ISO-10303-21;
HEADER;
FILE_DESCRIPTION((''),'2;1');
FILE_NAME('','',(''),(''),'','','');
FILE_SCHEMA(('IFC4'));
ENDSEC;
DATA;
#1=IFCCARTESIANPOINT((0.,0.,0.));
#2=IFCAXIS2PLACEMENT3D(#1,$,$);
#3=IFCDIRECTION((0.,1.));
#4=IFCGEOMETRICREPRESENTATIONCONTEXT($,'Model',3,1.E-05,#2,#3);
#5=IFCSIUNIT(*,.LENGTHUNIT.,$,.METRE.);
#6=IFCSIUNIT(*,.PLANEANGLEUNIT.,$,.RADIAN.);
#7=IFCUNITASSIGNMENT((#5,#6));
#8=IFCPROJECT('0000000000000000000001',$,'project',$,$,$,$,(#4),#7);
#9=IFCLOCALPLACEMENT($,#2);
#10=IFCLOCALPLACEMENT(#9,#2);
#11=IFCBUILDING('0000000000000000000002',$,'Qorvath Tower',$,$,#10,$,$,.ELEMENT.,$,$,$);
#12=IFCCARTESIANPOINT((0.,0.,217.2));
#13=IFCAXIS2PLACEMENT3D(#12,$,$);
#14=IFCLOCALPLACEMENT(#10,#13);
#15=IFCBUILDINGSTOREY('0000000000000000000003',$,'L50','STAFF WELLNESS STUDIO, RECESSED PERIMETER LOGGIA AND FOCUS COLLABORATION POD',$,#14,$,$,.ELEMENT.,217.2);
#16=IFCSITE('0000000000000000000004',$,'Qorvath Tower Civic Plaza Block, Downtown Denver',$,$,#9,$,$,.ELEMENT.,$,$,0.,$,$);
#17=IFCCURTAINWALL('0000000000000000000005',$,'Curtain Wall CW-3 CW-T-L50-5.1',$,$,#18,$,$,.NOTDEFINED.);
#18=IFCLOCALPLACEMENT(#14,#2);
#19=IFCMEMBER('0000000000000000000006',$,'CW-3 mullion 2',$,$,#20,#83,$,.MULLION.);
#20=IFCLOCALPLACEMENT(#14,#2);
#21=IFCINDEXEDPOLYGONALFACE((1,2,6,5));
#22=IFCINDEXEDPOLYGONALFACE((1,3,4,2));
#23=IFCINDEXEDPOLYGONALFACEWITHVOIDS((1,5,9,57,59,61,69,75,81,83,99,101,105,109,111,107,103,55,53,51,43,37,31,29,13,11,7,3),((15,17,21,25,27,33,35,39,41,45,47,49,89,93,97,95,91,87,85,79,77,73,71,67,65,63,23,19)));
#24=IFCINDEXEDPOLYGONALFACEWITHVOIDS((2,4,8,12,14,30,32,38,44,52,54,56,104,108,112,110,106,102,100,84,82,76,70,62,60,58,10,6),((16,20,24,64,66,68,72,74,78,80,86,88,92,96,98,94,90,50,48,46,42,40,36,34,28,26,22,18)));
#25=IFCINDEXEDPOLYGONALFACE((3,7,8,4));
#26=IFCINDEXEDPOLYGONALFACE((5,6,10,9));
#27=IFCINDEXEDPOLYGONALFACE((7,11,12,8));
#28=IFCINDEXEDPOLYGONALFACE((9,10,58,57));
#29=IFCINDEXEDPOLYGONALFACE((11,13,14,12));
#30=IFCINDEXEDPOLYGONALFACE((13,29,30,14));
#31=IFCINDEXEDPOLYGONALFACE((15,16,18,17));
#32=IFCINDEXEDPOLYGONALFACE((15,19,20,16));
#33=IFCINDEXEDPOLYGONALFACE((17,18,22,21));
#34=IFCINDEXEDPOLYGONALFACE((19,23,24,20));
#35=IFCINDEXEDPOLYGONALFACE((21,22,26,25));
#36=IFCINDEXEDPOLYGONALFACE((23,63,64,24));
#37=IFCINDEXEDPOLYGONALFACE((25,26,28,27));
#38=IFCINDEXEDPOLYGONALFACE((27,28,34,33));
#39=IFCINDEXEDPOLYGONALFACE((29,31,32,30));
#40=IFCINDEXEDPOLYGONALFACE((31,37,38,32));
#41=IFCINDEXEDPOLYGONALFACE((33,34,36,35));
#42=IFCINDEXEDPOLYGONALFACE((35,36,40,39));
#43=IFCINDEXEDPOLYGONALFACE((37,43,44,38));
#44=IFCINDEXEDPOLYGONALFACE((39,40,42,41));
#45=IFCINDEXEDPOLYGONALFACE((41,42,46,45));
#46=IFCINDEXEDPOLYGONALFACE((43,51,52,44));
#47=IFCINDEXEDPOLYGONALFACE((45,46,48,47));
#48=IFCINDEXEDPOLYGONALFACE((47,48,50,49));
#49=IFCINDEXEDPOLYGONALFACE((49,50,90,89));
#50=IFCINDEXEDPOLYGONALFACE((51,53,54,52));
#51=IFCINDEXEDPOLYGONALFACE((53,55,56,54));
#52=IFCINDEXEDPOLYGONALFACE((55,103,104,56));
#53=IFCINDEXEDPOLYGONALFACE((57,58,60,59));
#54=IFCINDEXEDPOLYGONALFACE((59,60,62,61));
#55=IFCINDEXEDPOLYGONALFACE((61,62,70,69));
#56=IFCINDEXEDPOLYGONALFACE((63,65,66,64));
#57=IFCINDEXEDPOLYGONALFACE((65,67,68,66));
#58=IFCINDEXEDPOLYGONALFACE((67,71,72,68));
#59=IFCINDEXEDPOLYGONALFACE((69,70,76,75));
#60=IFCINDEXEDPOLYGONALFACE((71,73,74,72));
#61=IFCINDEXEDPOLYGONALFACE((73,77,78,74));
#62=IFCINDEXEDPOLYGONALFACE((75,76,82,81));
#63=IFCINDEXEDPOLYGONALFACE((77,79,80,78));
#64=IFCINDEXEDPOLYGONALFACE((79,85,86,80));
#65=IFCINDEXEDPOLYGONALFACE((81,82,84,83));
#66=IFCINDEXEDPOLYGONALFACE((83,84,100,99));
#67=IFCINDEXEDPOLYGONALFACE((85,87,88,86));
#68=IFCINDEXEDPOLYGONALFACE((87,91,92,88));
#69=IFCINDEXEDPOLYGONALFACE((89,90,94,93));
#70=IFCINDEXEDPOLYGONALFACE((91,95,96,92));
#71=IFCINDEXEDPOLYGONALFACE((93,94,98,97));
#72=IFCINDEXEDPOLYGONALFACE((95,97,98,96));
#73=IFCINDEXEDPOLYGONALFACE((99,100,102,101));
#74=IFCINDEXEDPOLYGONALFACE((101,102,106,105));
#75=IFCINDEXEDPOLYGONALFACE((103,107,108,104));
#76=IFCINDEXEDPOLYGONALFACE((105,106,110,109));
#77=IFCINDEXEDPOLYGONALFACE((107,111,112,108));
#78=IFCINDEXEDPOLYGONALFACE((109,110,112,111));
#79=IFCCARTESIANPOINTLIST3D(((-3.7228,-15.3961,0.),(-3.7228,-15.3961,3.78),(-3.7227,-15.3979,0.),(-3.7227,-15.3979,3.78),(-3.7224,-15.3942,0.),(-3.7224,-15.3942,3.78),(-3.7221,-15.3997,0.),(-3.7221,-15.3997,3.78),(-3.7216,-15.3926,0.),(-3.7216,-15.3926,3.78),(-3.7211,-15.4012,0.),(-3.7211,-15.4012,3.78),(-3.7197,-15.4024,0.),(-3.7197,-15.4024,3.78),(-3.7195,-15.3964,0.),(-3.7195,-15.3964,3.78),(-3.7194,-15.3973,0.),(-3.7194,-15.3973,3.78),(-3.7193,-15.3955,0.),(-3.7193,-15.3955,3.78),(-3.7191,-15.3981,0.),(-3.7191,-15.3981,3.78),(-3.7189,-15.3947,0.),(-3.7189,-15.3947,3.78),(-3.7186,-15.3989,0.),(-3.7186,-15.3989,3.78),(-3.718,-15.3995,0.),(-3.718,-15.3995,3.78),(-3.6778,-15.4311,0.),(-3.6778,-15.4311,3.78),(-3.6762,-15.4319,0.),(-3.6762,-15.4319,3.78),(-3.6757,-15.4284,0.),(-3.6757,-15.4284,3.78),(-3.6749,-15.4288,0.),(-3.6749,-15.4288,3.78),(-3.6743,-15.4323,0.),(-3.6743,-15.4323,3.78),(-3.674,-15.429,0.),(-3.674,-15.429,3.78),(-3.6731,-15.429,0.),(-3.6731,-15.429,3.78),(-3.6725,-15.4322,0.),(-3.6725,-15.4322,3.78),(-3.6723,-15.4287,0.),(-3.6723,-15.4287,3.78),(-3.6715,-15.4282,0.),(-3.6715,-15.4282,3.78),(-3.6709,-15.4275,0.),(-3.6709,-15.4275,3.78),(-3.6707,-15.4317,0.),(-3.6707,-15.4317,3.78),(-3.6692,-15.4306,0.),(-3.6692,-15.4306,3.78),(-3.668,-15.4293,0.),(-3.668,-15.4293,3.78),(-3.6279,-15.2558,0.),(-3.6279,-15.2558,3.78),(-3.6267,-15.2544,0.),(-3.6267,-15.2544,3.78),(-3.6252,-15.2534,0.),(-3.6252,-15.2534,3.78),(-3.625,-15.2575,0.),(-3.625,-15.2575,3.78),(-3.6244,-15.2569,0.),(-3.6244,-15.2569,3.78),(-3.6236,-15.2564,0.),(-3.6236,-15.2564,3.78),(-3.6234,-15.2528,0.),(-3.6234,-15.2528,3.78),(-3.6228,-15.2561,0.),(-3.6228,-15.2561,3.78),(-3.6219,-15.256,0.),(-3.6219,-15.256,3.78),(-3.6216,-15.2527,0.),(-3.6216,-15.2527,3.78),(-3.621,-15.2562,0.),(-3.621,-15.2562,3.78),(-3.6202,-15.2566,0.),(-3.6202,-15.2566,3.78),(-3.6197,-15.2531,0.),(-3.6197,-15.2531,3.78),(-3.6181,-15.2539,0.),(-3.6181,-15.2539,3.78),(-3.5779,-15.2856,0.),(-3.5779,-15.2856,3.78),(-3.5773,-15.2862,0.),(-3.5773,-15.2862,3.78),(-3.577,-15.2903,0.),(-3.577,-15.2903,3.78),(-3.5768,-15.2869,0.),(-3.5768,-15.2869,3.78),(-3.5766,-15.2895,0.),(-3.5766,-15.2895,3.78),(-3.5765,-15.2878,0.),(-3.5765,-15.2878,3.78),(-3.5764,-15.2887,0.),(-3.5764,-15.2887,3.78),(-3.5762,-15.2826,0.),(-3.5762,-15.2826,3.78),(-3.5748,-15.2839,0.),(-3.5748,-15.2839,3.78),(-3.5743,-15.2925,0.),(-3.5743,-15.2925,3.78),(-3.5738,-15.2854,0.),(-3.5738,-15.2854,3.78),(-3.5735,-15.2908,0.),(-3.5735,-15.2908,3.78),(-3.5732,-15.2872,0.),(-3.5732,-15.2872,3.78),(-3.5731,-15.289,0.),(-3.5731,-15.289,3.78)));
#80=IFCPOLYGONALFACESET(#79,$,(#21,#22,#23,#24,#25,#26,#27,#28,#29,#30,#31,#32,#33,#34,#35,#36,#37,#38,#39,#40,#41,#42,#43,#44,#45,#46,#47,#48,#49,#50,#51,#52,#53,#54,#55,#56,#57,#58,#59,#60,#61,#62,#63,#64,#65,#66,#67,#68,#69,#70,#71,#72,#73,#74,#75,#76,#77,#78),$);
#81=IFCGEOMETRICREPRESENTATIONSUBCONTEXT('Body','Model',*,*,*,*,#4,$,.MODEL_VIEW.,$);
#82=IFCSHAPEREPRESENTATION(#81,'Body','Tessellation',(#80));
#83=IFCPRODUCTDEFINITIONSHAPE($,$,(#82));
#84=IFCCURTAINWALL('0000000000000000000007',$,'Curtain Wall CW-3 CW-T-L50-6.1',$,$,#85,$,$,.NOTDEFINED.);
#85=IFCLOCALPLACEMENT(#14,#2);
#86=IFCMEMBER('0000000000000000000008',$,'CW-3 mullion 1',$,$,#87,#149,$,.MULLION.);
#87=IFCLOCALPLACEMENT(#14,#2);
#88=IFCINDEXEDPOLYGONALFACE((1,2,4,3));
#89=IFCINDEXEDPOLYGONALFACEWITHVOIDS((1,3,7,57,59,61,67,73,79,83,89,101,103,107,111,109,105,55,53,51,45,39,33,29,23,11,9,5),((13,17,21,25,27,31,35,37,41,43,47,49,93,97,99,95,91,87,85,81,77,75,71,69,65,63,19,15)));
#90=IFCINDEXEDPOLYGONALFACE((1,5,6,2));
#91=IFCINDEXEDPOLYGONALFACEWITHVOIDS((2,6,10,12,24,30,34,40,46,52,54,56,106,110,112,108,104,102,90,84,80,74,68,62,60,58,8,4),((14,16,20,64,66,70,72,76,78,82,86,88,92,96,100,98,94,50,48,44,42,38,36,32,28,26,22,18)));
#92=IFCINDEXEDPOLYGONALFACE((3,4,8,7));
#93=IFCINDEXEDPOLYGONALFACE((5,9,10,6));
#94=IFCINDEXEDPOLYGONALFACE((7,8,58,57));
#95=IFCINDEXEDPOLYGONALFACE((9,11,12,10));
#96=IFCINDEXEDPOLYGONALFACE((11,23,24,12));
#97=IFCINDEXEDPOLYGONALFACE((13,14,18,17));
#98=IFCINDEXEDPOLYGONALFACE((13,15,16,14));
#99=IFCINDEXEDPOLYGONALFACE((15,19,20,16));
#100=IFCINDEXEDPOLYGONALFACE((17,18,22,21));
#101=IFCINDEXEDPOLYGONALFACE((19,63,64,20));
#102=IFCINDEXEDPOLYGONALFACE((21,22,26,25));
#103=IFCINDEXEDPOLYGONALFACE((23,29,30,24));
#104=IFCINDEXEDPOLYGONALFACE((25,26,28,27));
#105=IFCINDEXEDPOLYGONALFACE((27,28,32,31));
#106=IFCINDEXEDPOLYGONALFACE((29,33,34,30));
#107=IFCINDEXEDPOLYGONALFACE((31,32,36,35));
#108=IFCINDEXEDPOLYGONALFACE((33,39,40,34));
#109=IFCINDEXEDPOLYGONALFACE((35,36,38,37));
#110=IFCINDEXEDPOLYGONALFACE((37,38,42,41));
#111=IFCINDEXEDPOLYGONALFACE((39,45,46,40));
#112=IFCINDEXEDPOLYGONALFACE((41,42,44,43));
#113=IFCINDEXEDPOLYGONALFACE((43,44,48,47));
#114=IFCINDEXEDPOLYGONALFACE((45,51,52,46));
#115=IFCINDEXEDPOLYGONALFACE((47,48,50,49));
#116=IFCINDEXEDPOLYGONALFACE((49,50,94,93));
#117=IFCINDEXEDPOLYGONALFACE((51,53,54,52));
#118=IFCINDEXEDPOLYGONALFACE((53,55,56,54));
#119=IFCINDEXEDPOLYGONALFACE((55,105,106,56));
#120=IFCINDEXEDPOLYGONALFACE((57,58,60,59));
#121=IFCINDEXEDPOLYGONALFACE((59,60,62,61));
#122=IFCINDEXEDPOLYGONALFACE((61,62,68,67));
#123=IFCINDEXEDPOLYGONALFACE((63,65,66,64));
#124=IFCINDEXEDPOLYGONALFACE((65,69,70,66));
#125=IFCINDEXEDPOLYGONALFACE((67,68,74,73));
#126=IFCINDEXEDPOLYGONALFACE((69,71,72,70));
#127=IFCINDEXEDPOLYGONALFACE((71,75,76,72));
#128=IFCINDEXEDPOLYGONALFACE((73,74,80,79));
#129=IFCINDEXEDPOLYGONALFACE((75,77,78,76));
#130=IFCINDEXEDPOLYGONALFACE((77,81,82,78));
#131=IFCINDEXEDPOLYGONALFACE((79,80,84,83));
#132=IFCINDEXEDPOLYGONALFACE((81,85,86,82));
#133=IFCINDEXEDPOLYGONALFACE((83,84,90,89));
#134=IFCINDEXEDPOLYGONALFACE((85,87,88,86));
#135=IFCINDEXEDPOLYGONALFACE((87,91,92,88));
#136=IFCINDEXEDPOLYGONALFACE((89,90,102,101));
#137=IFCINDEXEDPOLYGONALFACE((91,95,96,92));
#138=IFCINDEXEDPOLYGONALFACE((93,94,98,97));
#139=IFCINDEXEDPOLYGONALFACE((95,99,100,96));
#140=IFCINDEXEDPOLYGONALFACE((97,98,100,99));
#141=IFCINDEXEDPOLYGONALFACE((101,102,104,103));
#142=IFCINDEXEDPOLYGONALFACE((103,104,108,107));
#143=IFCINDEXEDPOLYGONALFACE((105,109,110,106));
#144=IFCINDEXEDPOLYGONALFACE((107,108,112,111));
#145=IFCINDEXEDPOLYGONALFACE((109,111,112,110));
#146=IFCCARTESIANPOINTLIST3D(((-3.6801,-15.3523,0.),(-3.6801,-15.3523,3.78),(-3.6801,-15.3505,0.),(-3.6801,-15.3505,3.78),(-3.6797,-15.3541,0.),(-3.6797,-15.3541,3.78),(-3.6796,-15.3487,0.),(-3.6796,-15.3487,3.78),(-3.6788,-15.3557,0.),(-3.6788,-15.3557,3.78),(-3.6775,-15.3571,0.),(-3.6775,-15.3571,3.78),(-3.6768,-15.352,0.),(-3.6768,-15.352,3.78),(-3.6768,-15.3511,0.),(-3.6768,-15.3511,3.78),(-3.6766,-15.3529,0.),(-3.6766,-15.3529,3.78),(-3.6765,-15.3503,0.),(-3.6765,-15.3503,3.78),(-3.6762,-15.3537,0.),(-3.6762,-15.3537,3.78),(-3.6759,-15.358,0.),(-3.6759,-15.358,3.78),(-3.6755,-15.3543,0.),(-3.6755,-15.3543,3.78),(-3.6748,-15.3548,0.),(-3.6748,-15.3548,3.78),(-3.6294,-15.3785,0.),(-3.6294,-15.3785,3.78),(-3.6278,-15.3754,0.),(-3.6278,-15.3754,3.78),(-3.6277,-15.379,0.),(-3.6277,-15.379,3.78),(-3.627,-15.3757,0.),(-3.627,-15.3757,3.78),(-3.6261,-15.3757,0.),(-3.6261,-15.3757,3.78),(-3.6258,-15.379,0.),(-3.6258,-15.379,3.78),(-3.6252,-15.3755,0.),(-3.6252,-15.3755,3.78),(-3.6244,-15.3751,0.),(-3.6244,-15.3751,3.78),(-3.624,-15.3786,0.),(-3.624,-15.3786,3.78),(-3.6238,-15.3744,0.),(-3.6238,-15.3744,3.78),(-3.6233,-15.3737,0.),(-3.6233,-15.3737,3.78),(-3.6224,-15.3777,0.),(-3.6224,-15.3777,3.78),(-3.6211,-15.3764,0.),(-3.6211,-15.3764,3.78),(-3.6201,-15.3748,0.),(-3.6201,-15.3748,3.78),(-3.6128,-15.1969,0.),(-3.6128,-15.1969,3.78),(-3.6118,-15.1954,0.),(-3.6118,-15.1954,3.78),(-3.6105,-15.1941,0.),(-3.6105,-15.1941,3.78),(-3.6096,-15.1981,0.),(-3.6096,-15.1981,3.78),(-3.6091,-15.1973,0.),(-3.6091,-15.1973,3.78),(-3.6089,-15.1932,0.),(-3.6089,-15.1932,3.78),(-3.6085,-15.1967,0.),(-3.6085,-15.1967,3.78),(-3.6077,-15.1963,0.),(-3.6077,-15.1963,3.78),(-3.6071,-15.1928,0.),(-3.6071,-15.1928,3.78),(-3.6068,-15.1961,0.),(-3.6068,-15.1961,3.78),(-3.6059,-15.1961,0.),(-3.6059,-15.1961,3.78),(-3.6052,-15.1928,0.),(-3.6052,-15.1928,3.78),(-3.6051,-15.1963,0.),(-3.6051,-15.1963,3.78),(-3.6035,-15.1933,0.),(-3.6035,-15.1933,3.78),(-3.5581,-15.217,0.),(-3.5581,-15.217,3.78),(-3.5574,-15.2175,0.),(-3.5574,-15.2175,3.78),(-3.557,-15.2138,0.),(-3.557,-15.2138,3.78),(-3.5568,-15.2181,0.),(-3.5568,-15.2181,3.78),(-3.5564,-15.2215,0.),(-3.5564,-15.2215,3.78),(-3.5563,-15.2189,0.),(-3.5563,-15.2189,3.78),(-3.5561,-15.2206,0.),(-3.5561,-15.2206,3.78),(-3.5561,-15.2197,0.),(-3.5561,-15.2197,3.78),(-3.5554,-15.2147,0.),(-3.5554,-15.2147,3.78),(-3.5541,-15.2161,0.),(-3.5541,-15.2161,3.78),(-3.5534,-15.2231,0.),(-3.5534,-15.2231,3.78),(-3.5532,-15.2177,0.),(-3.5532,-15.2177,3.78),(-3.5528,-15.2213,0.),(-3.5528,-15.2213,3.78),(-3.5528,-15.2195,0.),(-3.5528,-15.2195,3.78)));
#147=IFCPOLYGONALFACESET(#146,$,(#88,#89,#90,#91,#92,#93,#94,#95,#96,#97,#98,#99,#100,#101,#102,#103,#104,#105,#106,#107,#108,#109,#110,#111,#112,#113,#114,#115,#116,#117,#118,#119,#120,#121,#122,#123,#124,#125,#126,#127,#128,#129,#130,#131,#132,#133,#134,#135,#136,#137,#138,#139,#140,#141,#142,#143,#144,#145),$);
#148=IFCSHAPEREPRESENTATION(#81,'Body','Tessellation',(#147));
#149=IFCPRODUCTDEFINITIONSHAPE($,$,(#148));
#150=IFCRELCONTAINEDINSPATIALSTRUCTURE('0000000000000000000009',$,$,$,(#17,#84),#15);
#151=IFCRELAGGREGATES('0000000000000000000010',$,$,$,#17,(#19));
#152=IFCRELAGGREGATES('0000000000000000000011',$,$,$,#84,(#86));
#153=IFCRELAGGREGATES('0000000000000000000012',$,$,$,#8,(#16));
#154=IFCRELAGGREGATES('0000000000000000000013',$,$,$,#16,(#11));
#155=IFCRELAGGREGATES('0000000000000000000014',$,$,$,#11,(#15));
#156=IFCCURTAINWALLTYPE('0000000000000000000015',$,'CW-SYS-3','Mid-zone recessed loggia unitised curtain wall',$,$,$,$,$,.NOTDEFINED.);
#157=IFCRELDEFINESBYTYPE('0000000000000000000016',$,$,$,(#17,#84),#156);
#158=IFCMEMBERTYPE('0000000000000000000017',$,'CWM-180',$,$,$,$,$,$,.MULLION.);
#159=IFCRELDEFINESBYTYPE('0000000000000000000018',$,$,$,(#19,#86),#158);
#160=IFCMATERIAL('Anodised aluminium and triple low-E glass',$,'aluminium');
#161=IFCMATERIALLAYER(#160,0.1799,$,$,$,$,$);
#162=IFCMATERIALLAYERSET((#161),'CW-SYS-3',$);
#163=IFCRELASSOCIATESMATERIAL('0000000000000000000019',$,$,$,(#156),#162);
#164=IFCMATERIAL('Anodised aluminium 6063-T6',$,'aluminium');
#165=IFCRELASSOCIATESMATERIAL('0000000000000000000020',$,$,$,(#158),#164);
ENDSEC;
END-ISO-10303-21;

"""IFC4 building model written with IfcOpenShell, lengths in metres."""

from ifc_helpers import new_model, si_unit, direction, frame, origin, origin_2d, place, context, subcontext, project, spatial, hollow_rectangle, extrude, material, layer, layer_set, material_profile, profile_set, type_object, element, aggregate, save


model = new_model("IFC4")

# Units and contexts
model_context = context("Model", 3, precision=1e-05, world=origin(), true_north=direction((0.0, 1.0)))
body_context = subcontext(model_context, "Body", "Model", "MODEL_VIEW")
ifc_project = project(units=[si_unit("LENGTHUNIT", "METRE"), si_unit("PLANEANGLEUNIT", "RADIAN")], contexts=[model_context])

# Site, building, storey
site_placement = place(None, origin())
site = spatial("IfcSite", under=ifc_project, at=site_placement, Name="Qorvath Tower Civic Plaza Block, Downtown Denver", CompositionType="ELEMENT", RefElevation=0.0)
building_placement = place(site_placement, origin())
building = spatial("IfcBuilding", under=site, at=building_placement, Name="Qorvath Tower", CompositionType="ELEMENT")
storey_placement = place(building_placement, frame((0.0, 0.0, 217.2)))
storey = spatial("IfcBuildingStorey", under=building, at=storey_placement, Name="L50", Description="STAFF WELLNESS STUDIO, RECESSED PERIMETER LOGGIA AND FOCUS COLLABORATION POD", CompositionType="ELEMENT", Elevation=217.2)

# Shared definitions
ifc_material_1 = material(Name="Anodised aluminium and triple low-E glass", Category="aluminium")
ifc_layer_1 = layer(ifc_material_1, 0.1799)
ifc_layer_set_1 = layer_set([ifc_layer_1], Name="CW-SYS-3")
curtain_wall_type = type_object("IfcCurtainWallType", Name="CW-SYS-3", Description="Mid-zone recessed loggia unitised curtain wall", PredefinedType="NOTDEFINED", material=ifc_layer_set_1)
ifc_material_2 = material(Name="Anodised aluminium 6063-T6", Category="aluminium")
ifc_material_profile_1 = material_profile(ifc_material_2, hollow_rectangle(XDim=0.0649, YDim=0.1799, WallThickness=0.0034, InnerFilletRadius=0.0034, OuterFilletRadius=0.0071, at=origin_2d()), Name="CWM 180x65")
ifc_profile_set_1 = profile_set([ifc_material_profile_1], Name="Anodised aluminium 6063-T6")
member_type_1 = type_object("IfcMemberType", Name="CWM-180", PredefinedType="MULLION", material=ifc_profile_set_1)

# Curtain walls, members
curtain_wall_1_placement = place(storey_placement, origin())
curtain_wall_1 = element("IfcCurtainWall", 1, at=curtain_wall_1_placement, inside=storey, type_object=curtain_wall_type, Name="Curtain Wall CW-3 CW-T-L50-5.1", PredefinedType="NOTDEFINED")
member_1_placement = place(storey_placement, frame((-3.6479, -15.3425, 0.0), z_axis=(0.0, 0.0, 1.0), x_axis=(-0.825264, 0.564746, 0.0)))
member_1 = element("IfcMember", 2, at=member_1_placement, type_object=member_type_1, Name="CW-3 mullion 2", PredefinedType="MULLION", context=body_context, shape_type="SweptSolid", body=[
    extrude(hollow_rectangle(XDim=0.0649, YDim=0.1799, WallThickness=0.0034, InnerFilletRadius=0.0034, OuterFilletRadius=0.0071, at=origin_2d()), origin(), (0.0, 0.0, 1.0), 3.78),
])
curtain_wall_2_placement = place(storey_placement, origin())
curtain_wall_2 = element("IfcCurtainWall", 3, at=curtain_wall_2_placement, inside=storey, type_object=curtain_wall_type, Name="Curtain Wall CW-3 CW-T-L50-6.1", PredefinedType="NOTDEFINED")
member_2_placement = place(storey_placement, frame((-3.6165, -15.2859, 0.0), z_axis=(0.0, 0.0, 1.0), x_axis=(-0.915321, 0.402725, 0.0)))
member_2 = element("IfcMember", 4, at=member_2_placement, type_object=member_type_1, Name="CW-3 mullion 1", PredefinedType="MULLION", context=body_context, shape_type="SweptSolid", body=[
    extrude(hollow_rectangle(XDim=0.0649, YDim=0.1799, WallThickness=0.0034, InnerFilletRadius=0.0034, OuterFilletRadius=0.0071, at=origin_2d()), origin(), (0.0, 0.0, 1.0), 3.78),
])

aggregate(curtain_wall_1, [member_1])
aggregate(curtain_wall_2, [member_2])

save(model, "model.ifc")
